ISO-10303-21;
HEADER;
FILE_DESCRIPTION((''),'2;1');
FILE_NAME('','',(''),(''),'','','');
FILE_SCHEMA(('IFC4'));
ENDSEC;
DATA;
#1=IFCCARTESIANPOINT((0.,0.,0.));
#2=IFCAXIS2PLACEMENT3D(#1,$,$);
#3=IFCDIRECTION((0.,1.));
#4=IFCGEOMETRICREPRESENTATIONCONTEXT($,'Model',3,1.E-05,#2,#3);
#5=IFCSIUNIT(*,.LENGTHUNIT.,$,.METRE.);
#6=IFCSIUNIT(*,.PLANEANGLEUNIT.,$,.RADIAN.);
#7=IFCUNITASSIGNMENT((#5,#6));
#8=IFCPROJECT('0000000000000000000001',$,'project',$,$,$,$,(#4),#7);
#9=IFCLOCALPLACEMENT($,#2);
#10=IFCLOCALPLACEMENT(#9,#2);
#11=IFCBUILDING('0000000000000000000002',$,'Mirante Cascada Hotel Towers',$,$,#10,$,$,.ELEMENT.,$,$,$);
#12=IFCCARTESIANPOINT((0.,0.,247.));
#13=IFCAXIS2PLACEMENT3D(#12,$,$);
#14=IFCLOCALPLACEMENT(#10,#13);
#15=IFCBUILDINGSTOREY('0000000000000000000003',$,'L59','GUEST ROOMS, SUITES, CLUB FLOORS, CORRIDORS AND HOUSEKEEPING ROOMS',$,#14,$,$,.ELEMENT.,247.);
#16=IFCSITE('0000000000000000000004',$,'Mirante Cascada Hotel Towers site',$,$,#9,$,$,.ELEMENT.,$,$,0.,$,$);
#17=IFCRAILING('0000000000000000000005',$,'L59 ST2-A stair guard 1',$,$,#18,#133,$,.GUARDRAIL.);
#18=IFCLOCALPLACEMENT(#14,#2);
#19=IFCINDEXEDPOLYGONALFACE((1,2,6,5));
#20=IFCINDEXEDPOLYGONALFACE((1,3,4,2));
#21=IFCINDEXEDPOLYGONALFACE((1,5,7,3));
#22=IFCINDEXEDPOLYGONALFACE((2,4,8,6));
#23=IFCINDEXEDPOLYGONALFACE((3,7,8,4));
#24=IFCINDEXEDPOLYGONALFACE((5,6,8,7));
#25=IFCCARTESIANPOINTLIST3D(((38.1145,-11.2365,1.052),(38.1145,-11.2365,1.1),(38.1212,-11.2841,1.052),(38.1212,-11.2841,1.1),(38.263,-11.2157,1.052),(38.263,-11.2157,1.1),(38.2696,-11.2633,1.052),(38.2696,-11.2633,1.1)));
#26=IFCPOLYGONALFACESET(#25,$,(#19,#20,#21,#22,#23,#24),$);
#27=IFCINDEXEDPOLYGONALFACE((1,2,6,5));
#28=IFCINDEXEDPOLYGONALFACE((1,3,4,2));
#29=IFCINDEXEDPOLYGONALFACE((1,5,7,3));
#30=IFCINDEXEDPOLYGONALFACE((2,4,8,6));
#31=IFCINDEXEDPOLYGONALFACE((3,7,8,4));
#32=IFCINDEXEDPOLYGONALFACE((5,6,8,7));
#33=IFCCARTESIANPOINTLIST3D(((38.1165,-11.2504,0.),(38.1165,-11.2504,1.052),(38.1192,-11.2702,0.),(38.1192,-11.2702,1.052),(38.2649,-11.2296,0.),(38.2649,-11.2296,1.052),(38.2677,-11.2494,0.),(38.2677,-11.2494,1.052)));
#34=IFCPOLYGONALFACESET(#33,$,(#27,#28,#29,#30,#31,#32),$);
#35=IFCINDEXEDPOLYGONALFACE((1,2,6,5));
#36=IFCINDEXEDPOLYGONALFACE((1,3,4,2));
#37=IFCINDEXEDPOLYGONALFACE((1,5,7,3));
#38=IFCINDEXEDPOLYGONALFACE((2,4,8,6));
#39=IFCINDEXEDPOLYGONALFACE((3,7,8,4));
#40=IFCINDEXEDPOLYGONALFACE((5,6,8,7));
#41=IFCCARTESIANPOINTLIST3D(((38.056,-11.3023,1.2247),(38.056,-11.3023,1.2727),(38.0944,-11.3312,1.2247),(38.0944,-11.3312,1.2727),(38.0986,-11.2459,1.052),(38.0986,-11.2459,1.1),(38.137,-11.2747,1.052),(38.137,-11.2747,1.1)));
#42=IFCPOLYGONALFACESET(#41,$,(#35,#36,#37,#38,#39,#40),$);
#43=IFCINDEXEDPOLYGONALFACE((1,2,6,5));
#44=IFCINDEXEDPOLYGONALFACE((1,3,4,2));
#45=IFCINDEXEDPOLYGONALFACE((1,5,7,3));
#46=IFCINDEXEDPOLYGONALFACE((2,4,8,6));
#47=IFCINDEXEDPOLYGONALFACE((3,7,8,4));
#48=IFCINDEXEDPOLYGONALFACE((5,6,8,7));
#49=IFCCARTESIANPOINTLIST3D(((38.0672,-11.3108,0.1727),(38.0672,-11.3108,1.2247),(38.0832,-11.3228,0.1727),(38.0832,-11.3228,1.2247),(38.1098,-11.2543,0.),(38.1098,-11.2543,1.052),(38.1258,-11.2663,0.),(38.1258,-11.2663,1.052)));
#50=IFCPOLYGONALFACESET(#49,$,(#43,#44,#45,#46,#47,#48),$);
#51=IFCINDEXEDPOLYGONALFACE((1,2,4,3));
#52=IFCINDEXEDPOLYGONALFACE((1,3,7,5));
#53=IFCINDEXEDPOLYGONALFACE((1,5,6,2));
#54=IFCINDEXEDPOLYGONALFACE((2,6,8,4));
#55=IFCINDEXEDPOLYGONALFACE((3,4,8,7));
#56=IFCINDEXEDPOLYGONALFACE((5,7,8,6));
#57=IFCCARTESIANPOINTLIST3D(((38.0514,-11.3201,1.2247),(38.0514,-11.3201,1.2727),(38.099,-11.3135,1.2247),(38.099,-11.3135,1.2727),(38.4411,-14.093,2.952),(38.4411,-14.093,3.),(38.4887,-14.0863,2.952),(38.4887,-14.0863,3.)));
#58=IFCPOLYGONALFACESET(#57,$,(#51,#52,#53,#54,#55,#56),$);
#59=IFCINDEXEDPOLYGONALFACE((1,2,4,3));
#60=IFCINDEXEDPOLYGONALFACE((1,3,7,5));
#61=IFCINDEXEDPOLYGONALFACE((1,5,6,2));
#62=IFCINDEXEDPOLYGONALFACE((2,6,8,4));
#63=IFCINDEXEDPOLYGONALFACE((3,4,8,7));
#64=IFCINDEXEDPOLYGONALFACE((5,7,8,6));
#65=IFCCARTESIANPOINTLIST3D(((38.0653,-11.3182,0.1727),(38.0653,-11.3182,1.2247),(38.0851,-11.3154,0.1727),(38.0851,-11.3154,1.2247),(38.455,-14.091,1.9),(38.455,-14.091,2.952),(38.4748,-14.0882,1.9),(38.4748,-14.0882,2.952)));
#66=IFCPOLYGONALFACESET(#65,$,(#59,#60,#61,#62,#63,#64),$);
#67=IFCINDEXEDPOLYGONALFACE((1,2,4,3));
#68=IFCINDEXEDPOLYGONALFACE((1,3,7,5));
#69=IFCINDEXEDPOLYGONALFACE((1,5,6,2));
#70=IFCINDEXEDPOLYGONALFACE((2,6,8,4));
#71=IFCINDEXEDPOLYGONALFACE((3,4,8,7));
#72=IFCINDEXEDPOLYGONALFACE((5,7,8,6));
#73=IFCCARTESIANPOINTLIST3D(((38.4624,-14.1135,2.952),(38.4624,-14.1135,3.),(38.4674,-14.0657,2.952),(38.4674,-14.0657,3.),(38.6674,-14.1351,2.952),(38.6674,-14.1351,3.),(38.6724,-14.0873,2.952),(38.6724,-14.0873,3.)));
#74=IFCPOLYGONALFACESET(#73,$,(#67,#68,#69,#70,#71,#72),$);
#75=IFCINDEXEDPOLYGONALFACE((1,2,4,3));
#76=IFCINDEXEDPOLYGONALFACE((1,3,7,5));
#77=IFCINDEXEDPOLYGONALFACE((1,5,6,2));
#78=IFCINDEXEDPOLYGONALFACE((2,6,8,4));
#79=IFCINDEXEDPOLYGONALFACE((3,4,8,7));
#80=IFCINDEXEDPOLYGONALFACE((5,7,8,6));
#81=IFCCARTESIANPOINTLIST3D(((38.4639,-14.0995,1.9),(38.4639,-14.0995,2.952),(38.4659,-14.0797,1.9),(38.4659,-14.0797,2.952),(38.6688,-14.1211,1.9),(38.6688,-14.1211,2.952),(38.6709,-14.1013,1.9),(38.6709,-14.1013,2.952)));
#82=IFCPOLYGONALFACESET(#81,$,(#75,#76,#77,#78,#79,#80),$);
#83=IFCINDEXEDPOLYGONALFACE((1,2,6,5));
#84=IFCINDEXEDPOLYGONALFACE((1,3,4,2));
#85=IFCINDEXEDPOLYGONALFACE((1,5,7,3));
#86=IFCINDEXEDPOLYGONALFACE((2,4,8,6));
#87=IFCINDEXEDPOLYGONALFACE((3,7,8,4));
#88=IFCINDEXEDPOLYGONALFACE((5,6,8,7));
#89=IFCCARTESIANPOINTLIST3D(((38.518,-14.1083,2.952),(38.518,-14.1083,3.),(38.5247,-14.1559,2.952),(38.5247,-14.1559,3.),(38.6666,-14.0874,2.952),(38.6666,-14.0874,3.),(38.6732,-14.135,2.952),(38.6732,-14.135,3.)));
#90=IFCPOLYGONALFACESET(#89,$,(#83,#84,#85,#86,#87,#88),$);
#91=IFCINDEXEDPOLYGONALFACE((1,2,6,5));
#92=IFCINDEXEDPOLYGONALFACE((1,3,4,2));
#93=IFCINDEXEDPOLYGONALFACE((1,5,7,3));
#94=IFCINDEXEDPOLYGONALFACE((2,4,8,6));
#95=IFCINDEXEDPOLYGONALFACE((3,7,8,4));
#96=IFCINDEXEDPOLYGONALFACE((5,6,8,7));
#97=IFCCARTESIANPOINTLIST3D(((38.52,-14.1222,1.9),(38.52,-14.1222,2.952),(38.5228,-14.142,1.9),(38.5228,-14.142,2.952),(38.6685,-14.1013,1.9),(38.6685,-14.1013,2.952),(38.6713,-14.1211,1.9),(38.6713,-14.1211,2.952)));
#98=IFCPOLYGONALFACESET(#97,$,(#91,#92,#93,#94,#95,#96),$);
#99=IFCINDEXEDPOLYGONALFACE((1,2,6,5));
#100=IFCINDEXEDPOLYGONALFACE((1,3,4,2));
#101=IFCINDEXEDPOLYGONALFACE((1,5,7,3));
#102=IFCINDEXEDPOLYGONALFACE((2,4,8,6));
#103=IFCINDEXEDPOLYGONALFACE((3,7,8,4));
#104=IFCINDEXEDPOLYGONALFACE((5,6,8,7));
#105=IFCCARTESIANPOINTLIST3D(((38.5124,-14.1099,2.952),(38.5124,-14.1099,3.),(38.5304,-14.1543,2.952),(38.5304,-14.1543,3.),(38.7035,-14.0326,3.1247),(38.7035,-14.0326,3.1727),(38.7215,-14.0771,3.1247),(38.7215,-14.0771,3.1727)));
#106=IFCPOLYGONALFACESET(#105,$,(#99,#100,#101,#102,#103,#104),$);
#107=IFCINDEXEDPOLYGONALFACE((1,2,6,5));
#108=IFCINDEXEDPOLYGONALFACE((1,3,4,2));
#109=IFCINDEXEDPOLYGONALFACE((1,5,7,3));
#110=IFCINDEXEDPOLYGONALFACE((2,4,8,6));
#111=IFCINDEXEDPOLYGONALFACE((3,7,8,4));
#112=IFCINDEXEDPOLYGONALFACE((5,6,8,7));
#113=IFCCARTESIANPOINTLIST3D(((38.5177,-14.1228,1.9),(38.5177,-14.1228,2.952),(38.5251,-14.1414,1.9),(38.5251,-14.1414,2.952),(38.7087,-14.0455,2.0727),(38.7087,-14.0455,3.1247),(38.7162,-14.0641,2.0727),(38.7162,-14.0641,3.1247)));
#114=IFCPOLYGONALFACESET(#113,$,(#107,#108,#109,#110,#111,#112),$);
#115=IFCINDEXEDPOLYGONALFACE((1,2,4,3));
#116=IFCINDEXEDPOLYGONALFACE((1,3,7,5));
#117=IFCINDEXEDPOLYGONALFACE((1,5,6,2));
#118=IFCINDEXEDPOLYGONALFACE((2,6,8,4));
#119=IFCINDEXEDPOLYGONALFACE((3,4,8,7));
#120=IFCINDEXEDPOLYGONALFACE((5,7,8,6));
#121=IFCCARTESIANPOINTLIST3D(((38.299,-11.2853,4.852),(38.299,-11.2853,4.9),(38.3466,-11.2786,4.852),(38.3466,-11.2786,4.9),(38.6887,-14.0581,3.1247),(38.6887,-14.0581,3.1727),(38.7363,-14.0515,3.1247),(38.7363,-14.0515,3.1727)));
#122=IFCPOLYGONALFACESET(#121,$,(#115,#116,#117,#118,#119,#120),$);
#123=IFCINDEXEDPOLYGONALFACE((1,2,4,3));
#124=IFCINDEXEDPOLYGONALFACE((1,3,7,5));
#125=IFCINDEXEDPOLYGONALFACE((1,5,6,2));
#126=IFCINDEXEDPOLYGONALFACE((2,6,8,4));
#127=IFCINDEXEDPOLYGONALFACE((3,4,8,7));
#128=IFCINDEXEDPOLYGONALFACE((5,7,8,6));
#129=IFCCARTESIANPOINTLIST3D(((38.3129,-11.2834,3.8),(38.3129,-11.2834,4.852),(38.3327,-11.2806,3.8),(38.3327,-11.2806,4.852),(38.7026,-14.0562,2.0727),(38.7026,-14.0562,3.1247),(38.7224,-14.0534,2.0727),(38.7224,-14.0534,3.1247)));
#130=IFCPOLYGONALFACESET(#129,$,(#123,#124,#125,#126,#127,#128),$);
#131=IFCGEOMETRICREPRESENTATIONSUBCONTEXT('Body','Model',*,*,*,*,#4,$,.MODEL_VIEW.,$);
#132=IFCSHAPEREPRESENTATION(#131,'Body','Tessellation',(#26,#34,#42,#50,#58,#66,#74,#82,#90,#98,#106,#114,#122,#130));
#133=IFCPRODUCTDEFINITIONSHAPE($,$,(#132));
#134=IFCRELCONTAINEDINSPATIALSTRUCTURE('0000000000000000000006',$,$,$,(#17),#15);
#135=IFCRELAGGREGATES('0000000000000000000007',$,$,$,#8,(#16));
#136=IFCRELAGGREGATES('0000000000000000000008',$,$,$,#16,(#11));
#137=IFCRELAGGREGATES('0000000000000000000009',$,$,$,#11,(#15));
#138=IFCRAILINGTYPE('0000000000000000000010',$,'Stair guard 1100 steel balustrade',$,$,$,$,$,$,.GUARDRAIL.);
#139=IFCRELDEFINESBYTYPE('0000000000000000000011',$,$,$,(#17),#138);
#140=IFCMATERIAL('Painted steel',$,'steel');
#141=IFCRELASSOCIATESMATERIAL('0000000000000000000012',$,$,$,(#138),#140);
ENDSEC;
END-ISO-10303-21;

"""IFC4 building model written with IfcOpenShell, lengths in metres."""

from ifc_helpers import new_model, si_unit, direction, frame, origin, origin_2d, place, context, subcontext, project, spatial, rectangle, extrude, material, type_object, element, save


model = new_model("IFC4")

# Units and contexts
model_context = context("Model", 3, precision=1e-05, world=origin(), true_north=direction((0.0, 1.0)))
body_context = subcontext(model_context, "Body", "Model", "MODEL_VIEW")
ifc_project = project(units=[si_unit("LENGTHUNIT", "METRE"), si_unit("PLANEANGLEUNIT", "RADIAN")], contexts=[model_context])

# Site, building, storey
site_placement = place(None, origin())
site = spatial("IfcSite", under=ifc_project, at=site_placement, Name="Mirante Cascada Hotel Towers site", CompositionType="ELEMENT", RefElevation=0.0)
building_placement = place(site_placement, origin())
building = spatial("IfcBuilding", under=site, at=building_placement, Name="Mirante Cascada Hotel Towers", CompositionType="ELEMENT")
storey_placement = place(building_placement, frame((0.0, 0.0, 247.0)))
storey = spatial("IfcBuildingStorey", under=building, at=storey_placement, Name="L59", Description="GUEST ROOMS, SUITES, CLUB FLOORS, CORRIDORS AND HOUSEKEEPING ROOMS", CompositionType="ELEMENT", Elevation=247.0)

# Railing
ifc_material_1 = material(Name="Painted steel", Category="steel")
railing_type_1 = type_object("IfcRailingType", Name="Stair guard 1100 steel balustrade", PredefinedType="GUARDRAIL", material=ifc_material_1)
railing_1_placement = place(storey_placement, frame((38.2663, -11.2395, 0.0)))
element("IfcRailing", 1, at=railing_1_placement, inside=storey, type_object=railing_type_1, Name="L59 ST2-A stair guard 1", PredefinedType="GUARDRAIL", context=body_context, shape_type="SweptSolid", body=[
    extrude(rectangle(XDim=0.048, YDim=0.048, at=origin_2d()), frame((0.0, 0.0, 1.076), z_axis=(-0.990333, -0.138713, 0.0), x_axis=(0.138713, -0.990333, 0.0)), (0.0, 0.0, 1.0), 0.1499),
    extrude(rectangle(XDim=0.02, YDim=1.052, at=origin_2d()), frame((0.0, 0.0, 0.526), z_axis=(-0.990333, -0.138713, 0.0), x_axis=(0.138713, -0.990333, 0.0)), (0.0, 0.0, 1.0), 0.1499),
    extrude(rectangle(XDim=0.048, YDim=0.048, at=origin_2d()), frame((-0.1485, -0.0208, 1.076), z_axis=(-0.602033, -0.798471, 0.0), x_axis=(0.798471, -0.602033, 0.0)), (0.0, 0.92534, 0.379139), 0.1866),
    extrude(rectangle(XDim=0.02, YDim=1.052, at=origin_2d()), frame((-0.1485, -0.0208, 0.526), z_axis=(-0.602033, -0.798471, 0.0), x_axis=(0.798471, -0.602033, 0.0)), (0.0, 0.92534, 0.379139), 0.1866),
    extrude(rectangle(XDim=0.048, YDim=0.048, at=origin_2d()), frame((-0.1911, -0.0773, 1.2487), z_axis=(0.139176, -0.990268, 0.0), x_axis=(0.990268, 0.139176, 0.0)), (0.0, 0.525021, 0.851089), 3.29),
    extrude(rectangle(XDim=0.02, YDim=1.052, at=origin_2d()), frame((-0.1911, -0.0773, 0.6987), z_axis=(0.139176, -0.990268, 0.0), x_axis=(0.990268, 0.139176, 0.0)), (0.0, 0.525021, 0.851089), 3.29),
    extrude(rectangle(XDim=0.048, YDim=0.048, at=origin_2d()), frame((0.1986, -2.8501, 2.976), z_axis=(0.994495, -0.104786, 0.0), x_axis=(0.104786, 0.994495, 0.0)), (0.0, 0.0, 1.0), 0.2061),
    extrude(rectangle(XDim=0.02, YDim=1.052, at=origin_2d()), frame((0.1986, -2.8501, 2.426), z_axis=(0.994495, -0.104786, 0.0), x_axis=(0.104786, 0.994495, 0.0)), (0.0, 0.0, 1.0), 0.2061),
    extrude(rectangle(XDim=0.048, YDim=0.048, at=origin_2d()), frame((0.4036, -2.8717, 2.976), z_axis=(-0.990241, -0.139367, 0.0), x_axis=(0.139367, -0.990241, 0.0)), (0.0, 0.0, 1.0), 0.15),
    extrude(rectangle(XDim=0.02, YDim=1.052, at=origin_2d()), frame((0.4036, -2.8717, 2.426), z_axis=(-0.990241, -0.139367, 0.0), x_axis=(0.139367, -0.990241, 0.0)), (0.0, 0.0, 1.0), 0.15),
    extrude(rectangle(XDim=0.048, YDim=0.048, at=origin_2d()), frame((0.2551, -2.8926, 2.976), z_axis=(0.927031, 0.374984, 0.0), x_axis=(-0.374984, 0.927031, 0.0)), (0.0, 0.64219, 0.766545), 0.2689),
    extrude(rectangle(XDim=0.02, YDim=1.052, at=origin_2d()), frame((0.2551, -2.8926, 2.426), z_axis=(0.927031, 0.374984, 0.0), x_axis=(-0.374984, 0.927031, 0.0)), (0.0, 0.64219, 0.766545), 0.2689),
    extrude(rectangle(XDim=0.048, YDim=0.048, at=origin_2d()), frame((0.4462, -2.8153, 3.1487), z_axis=(-0.139176, 0.990268, 0.0), x_axis=(-0.990268, -0.139176, 0.0)), (0.0, 0.525021, 0.851089), 3.29),
    extrude(rectangle(XDim=0.02, YDim=1.052, at=origin_2d()), frame((0.4462, -2.8153, 2.5987), z_axis=(-0.139176, 0.990268, 0.0), x_axis=(-0.990268, -0.139176, 0.0)), (0.0, 0.525021, 0.851089), 3.29),
])

save(model, "model.ifc")
